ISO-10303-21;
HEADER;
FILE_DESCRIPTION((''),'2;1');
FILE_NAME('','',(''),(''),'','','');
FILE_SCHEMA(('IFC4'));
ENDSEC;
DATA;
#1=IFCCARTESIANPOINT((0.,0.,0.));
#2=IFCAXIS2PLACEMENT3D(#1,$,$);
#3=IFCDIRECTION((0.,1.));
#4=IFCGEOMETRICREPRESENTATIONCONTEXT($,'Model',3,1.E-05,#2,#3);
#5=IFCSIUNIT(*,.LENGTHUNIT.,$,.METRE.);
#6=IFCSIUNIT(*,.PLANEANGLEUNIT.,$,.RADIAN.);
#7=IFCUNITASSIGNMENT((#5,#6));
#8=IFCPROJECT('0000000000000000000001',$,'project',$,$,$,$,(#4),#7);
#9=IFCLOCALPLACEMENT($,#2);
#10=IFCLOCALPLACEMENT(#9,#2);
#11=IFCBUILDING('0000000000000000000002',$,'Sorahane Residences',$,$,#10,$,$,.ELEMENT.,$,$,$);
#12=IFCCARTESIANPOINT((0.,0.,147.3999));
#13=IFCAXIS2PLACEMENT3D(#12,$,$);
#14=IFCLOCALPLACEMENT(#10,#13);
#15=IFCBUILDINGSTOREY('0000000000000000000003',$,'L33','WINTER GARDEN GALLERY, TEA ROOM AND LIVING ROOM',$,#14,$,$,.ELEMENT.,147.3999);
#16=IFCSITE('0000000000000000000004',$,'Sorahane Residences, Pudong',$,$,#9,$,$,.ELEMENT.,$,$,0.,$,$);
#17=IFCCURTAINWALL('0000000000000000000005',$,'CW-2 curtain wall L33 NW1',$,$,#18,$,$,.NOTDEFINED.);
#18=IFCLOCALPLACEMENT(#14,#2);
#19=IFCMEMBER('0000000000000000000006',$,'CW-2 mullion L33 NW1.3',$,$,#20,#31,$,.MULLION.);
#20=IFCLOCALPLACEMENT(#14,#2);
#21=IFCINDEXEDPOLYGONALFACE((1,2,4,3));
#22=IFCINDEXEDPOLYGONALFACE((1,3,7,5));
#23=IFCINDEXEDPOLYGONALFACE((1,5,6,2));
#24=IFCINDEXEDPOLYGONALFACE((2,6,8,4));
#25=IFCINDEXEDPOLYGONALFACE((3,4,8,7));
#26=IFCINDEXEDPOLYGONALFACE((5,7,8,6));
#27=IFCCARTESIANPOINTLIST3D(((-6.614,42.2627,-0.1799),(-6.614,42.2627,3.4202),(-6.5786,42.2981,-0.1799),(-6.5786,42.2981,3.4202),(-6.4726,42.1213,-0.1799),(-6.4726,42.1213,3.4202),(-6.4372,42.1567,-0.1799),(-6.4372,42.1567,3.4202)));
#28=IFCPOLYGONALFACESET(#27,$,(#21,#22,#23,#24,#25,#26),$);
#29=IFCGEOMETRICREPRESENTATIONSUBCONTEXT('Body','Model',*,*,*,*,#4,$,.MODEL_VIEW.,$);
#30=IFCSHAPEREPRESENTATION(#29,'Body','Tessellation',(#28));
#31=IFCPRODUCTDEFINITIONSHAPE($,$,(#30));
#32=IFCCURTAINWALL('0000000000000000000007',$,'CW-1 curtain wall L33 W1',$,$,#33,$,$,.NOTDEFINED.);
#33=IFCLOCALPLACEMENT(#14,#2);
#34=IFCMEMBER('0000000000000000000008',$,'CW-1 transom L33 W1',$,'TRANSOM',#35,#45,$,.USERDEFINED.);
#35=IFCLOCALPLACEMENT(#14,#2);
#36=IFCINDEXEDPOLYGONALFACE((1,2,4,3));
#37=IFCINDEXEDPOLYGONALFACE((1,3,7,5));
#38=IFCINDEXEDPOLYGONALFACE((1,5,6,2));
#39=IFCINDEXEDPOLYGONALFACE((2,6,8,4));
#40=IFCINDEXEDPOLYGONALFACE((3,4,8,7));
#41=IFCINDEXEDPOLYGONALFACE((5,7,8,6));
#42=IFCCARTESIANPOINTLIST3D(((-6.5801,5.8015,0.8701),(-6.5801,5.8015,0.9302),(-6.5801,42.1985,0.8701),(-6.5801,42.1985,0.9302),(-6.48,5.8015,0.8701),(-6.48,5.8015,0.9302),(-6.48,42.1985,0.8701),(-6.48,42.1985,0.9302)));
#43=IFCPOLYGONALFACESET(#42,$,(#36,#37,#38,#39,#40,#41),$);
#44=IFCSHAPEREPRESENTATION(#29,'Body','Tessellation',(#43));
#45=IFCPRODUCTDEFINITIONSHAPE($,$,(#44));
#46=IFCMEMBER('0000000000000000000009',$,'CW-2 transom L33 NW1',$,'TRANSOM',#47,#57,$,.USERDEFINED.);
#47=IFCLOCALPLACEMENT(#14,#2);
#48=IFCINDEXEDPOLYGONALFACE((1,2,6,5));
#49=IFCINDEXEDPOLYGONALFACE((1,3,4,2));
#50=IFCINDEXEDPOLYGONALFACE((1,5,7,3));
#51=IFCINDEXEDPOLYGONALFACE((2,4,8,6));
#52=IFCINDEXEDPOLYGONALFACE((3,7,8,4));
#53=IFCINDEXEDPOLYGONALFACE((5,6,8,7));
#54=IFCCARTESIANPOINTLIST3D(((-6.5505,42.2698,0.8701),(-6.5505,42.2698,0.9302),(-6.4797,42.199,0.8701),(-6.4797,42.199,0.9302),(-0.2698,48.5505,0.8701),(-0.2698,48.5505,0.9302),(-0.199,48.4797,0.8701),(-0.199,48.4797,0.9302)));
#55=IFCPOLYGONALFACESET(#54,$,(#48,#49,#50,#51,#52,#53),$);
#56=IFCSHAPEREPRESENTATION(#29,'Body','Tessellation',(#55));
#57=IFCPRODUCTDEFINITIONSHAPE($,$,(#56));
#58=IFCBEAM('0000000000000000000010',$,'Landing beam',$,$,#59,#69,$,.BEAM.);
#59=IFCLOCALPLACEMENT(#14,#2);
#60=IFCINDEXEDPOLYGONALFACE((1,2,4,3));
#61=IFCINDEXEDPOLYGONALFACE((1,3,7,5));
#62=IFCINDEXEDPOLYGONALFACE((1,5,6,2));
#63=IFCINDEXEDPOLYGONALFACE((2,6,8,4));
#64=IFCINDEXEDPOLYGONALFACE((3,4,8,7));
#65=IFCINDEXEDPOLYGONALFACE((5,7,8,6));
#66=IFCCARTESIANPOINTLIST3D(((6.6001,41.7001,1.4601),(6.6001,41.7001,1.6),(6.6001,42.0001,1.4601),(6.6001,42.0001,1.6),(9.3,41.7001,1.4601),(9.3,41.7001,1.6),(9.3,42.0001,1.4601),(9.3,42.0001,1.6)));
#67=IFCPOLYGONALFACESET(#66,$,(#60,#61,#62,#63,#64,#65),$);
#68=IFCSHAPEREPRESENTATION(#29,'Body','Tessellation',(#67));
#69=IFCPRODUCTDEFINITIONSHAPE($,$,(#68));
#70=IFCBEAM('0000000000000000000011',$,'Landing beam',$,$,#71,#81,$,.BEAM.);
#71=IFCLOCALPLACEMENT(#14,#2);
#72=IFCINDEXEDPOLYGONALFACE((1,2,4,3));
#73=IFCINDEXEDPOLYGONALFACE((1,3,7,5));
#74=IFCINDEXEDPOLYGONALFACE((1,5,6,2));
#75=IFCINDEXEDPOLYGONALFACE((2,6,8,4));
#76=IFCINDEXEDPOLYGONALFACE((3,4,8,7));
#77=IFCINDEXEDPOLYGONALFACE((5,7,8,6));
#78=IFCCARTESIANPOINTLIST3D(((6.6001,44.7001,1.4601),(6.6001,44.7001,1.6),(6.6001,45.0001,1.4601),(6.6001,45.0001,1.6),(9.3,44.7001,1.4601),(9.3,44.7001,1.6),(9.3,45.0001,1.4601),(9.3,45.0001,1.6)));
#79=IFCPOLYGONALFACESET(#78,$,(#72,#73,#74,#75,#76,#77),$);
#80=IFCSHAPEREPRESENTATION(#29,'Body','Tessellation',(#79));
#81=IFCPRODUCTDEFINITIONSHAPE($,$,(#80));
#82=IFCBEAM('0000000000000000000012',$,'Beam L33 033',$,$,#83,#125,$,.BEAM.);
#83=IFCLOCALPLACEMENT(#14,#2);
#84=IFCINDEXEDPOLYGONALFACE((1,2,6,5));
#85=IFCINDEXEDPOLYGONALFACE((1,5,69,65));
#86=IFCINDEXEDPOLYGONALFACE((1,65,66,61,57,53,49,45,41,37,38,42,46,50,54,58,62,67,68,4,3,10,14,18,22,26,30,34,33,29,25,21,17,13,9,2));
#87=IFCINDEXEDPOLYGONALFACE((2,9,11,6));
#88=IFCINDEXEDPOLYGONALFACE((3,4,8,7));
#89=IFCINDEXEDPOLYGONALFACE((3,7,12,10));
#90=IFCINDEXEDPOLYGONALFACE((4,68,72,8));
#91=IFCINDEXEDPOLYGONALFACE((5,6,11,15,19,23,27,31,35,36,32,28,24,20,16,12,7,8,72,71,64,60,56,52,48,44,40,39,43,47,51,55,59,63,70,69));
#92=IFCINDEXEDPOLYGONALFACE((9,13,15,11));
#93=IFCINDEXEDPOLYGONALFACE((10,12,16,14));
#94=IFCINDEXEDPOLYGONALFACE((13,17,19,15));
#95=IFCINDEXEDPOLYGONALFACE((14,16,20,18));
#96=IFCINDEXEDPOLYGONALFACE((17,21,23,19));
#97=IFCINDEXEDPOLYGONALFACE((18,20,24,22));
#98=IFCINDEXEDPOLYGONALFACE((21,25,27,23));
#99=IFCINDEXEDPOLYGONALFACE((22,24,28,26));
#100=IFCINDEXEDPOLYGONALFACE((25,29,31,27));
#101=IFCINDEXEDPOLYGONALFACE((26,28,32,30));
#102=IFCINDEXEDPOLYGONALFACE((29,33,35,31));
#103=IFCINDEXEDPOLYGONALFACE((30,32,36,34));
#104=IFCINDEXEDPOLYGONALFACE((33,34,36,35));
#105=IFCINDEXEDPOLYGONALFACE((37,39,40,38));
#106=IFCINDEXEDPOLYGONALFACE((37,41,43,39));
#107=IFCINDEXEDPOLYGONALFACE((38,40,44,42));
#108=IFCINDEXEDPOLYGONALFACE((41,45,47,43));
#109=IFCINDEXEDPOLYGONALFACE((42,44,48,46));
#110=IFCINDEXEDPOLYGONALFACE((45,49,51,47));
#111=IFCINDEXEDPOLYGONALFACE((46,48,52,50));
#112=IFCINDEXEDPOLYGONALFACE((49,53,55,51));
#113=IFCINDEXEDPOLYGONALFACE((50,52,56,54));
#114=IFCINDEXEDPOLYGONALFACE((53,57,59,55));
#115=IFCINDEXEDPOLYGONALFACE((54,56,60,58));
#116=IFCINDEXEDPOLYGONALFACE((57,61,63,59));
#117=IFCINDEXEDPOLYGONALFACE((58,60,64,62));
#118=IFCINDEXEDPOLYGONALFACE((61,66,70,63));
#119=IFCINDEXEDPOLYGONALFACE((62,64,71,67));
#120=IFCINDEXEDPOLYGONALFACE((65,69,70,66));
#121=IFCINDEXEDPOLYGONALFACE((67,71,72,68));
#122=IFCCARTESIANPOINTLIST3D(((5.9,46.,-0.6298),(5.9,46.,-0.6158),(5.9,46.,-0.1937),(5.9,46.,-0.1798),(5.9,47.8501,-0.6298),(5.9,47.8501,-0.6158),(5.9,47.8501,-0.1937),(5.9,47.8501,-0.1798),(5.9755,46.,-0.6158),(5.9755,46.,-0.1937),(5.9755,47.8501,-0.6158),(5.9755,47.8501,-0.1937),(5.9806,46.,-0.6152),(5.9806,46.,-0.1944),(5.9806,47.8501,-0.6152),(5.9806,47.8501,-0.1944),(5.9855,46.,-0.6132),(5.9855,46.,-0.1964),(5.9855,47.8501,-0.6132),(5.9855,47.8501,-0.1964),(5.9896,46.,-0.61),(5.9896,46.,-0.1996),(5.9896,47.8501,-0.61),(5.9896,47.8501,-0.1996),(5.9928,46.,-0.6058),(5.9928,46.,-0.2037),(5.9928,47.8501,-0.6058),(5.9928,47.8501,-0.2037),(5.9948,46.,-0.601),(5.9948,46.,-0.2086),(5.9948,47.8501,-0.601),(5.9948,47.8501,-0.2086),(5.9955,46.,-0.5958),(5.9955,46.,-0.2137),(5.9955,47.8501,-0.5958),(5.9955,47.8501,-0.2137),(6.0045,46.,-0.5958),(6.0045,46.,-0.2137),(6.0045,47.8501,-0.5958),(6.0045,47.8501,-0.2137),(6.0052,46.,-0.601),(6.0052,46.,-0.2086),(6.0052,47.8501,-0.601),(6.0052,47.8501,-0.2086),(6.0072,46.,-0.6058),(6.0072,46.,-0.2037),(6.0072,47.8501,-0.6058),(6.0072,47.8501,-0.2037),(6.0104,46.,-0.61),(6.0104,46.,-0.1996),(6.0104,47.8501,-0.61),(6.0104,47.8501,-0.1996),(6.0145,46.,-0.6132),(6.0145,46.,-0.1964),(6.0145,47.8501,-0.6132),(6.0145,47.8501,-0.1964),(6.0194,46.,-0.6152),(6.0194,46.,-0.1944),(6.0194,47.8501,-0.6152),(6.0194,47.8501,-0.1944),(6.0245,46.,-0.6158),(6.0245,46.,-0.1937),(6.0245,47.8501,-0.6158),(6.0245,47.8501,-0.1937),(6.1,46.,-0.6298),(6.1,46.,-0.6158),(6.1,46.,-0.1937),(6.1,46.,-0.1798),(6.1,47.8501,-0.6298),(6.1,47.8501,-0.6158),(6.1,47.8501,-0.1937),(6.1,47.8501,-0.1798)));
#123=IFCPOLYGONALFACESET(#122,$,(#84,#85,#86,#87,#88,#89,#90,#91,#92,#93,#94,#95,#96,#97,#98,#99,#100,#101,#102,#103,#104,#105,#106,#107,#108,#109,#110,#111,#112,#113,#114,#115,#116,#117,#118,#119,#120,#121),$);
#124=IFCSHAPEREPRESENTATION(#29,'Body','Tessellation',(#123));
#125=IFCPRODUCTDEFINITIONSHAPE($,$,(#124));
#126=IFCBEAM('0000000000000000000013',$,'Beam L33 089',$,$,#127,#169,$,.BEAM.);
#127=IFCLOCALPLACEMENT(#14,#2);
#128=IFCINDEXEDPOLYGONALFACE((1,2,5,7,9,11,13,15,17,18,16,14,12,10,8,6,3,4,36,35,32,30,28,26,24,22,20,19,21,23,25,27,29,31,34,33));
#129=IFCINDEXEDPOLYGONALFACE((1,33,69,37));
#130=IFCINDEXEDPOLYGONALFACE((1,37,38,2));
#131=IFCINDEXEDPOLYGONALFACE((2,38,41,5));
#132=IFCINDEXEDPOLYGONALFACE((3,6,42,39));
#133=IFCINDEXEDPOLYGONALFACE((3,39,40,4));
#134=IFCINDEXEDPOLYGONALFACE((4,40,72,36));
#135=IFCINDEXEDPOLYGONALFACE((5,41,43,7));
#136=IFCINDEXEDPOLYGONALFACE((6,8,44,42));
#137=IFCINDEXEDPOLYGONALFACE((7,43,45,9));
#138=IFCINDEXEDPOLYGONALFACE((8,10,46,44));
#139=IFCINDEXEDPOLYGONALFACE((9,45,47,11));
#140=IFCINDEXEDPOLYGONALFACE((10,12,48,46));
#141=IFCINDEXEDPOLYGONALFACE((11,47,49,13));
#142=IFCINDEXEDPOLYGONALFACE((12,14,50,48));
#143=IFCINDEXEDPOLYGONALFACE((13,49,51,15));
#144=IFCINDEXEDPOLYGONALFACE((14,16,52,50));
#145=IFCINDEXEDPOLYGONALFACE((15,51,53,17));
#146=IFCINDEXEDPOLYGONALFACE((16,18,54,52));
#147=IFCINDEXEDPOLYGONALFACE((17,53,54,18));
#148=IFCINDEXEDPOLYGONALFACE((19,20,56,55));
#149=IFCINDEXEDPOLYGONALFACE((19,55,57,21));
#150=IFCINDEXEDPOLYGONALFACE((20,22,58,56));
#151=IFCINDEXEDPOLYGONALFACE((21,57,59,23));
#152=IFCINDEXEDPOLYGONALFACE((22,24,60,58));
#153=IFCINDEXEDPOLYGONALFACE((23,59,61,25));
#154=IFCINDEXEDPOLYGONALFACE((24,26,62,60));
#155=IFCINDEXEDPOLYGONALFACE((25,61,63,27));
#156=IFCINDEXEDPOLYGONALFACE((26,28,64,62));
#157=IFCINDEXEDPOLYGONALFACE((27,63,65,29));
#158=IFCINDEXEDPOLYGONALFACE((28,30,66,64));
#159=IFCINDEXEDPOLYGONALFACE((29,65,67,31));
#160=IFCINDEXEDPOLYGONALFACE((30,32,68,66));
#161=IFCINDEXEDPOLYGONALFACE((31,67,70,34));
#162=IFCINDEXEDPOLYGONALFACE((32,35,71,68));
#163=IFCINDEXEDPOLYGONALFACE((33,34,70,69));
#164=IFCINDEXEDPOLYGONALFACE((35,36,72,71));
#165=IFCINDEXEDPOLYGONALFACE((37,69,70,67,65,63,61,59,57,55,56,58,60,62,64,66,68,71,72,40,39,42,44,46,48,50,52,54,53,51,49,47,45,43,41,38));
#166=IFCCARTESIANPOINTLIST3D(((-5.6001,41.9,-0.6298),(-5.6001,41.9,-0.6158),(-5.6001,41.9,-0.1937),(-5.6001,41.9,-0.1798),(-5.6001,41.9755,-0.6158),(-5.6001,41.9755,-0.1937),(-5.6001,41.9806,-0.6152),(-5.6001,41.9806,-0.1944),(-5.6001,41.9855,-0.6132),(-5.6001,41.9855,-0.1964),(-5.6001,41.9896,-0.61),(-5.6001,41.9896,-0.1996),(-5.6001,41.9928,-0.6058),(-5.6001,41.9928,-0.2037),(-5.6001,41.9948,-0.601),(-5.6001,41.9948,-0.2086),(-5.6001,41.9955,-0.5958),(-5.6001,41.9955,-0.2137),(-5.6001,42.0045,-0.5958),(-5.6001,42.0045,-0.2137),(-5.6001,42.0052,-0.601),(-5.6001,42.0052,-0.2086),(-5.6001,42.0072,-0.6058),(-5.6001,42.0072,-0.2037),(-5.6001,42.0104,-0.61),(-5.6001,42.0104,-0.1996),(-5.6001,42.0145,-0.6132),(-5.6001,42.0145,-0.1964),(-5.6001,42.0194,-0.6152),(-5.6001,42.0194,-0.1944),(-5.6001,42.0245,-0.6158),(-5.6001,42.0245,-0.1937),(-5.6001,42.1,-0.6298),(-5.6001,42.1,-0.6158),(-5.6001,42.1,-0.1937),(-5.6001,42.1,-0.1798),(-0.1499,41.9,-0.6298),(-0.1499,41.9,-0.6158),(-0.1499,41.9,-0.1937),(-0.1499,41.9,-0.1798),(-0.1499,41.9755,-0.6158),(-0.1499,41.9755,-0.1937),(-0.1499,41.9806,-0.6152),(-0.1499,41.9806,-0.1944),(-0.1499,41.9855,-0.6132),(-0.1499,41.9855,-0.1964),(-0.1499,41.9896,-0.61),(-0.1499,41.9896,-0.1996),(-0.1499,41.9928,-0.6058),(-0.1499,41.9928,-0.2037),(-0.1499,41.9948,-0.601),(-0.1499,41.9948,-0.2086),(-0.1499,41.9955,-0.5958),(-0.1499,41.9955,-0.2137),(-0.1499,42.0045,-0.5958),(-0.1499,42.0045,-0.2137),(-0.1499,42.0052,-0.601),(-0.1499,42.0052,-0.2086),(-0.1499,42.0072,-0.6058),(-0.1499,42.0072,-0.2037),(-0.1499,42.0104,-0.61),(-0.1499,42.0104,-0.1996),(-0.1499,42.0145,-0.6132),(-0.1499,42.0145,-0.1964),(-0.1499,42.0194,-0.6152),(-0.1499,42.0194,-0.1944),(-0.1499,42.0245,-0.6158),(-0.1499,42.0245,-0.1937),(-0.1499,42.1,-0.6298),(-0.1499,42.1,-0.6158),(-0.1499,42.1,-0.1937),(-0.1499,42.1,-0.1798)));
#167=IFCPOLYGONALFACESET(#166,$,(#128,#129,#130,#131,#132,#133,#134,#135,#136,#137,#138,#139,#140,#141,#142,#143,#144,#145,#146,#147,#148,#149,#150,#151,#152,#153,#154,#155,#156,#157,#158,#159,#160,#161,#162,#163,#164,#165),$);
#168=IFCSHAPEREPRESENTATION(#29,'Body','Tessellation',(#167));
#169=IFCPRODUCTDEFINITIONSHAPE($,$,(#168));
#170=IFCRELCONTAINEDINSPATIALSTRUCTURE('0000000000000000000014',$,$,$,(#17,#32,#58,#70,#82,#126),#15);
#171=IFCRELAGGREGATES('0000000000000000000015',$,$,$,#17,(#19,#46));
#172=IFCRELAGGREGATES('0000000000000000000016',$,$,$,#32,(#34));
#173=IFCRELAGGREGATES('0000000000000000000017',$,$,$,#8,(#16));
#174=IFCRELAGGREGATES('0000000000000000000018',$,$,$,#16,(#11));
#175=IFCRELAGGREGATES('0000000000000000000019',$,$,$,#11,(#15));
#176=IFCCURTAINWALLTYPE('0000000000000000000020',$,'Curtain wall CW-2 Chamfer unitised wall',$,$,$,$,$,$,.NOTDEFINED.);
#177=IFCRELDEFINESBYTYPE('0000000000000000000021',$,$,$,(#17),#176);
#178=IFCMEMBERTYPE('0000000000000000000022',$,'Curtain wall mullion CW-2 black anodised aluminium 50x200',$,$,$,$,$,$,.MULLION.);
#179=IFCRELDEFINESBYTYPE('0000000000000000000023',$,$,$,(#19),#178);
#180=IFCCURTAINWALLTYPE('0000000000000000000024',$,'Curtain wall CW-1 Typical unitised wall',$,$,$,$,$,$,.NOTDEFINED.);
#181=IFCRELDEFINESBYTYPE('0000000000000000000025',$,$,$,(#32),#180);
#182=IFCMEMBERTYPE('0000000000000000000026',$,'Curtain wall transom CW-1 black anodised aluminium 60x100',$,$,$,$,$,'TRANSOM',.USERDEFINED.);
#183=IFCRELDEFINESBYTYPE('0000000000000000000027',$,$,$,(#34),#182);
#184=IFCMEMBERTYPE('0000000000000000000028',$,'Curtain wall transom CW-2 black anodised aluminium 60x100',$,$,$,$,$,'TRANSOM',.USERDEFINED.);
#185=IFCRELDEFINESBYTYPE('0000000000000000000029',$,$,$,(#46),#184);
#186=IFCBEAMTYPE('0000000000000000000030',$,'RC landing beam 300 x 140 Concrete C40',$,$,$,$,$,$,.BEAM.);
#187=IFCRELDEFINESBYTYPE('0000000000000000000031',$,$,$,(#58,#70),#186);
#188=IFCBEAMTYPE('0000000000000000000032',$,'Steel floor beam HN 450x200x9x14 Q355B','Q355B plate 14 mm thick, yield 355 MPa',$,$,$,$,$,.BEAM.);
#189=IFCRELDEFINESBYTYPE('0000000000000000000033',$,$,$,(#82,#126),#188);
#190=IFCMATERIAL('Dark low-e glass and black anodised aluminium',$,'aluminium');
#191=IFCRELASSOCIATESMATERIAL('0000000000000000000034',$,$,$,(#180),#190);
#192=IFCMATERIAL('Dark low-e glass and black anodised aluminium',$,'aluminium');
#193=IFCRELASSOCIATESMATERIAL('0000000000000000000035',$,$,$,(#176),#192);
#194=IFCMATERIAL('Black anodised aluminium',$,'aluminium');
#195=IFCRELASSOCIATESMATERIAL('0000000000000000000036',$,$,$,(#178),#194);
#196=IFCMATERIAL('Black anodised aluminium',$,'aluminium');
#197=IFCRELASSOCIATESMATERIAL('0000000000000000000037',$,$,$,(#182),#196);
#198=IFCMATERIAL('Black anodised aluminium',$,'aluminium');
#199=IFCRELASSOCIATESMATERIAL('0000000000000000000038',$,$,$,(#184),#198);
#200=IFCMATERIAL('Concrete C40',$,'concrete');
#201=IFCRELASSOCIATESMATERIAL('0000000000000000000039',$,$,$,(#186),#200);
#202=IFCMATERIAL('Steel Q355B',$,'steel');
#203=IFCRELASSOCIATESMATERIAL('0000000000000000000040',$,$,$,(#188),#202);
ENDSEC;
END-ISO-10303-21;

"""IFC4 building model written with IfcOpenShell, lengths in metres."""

from ifc_helpers import new_model, si_unit, direction, frame, origin, origin_2d, place, context, subcontext, project, spatial, rectangle, i_section, extrude, material, material_profile, profile_set, type_object, element, aggregate, save


model = new_model("IFC4")

# Units and contexts
model_context = context("Model", 3, precision=1e-05, world=origin(), true_north=direction((0.0, 1.0)))
body_context = subcontext(model_context, "Body", "Model", "MODEL_VIEW")
ifc_project = project(units=[si_unit("LENGTHUNIT", "METRE"), si_unit("PLANEANGLEUNIT", "RADIAN")], contexts=[model_context])

# Site, building, storey
site_placement = place(None, origin())
site = spatial("IfcSite", under=ifc_project, at=site_placement, Name="Sorahane Residences, Pudong", CompositionType="ELEMENT", RefElevation=0.0)
building_placement = place(site_placement, origin())
building = spatial("IfcBuilding", under=site, at=building_placement, Name="Sorahane Residences", CompositionType="ELEMENT")
storey_placement = place(building_placement, frame((0.0, 0.0, 147.3999)))
storey = spatial("IfcBuildingStorey", under=building, at=storey_placement, Name="L33", Description="WINTER GARDEN GALLERY, TEA ROOM AND LIVING ROOM", CompositionType="ELEMENT", Elevation=147.3999)

# Curtain wall, member
ifc_material_1 = material(Name="Dark low-e glass and black anodised aluminium", Category="aluminium")
curtain_wall_type_1 = type_object("IfcCurtainWallType", Name="Curtain wall CW-1 Typical unitised wall", PredefinedType="NOTDEFINED", material=ifc_material_1)
ifc_material_2 = material(Name="Dark low-e glass and black anodised aluminium", Category="aluminium")
curtain_wall_type_2 = type_object("IfcCurtainWallType", Name="Curtain wall CW-2 Chamfer unitised wall", PredefinedType="NOTDEFINED", material=ifc_material_2)
curtain_wall_1_placement = place(storey_placement, origin())
curtain_wall_1 = element("IfcCurtainWall", 1, at=curtain_wall_1_placement, inside=storey, type_object=curtain_wall_type_2, Name="CW-2 curtain wall L33 NW1", PredefinedType="NOTDEFINED")
ifc_material_3 = material(Name="Black anodised aluminium", Category="aluminium")
ifc_material_profile_1 = material_profile(ifc_material_3, rectangle(XDim=0.2, YDim=0.05, at=origin_2d()), Name="Curtain wall mullion CW-2 black anodised aluminium 50x200")
ifc_profile_set_1 = profile_set([ifc_material_profile_1], Name="Black anodised aluminium")
member_type_1 = type_object("IfcMemberType", Name="Curtain wall mullion CW-2 black anodised aluminium 50x200", PredefinedType="MULLION", material=ifc_profile_set_1)
member_1_placement = place(storey_placement, frame((-6.5256, 42.2097, -0.1799), z_axis=(0.0, 0.0, 1.0), x_axis=(-0.707107, 0.707107, 0.0)))
member_1 = element("IfcMember", 2, at=member_1_placement, type_object=member_type_1, Name="CW-2 mullion L33 NW1.3", PredefinedType="MULLION", context=body_context, shape_type="SweptSolid", body=[
    extrude(rectangle(XDim=0.2, YDim=0.05, at=origin_2d()), origin(), (0.0, 0.0, 1.0), 3.6001),
])

# Curtain wall, member
curtain_wall_2_placement = place(storey_placement, origin())
curtain_wall_2 = element("IfcCurtainWall", 3, at=curtain_wall_2_placement, inside=storey, type_object=curtain_wall_type_1, Name="CW-1 curtain wall L33 W1", PredefinedType="NOTDEFINED")
ifc_material_4 = material(Name="Black anodised aluminium", Category="aluminium")
ifc_material_profile_2 = material_profile(ifc_material_4, rectangle(XDim=0.1001, YDim=0.0601, at=origin_2d()), Name="Curtain wall transom CW-1 black anodised aluminium 60x100")
ifc_profile_set_2 = profile_set([ifc_material_profile_2], Name="Black anodised aluminium")
member_type_2 = type_object("IfcMemberType", Name="Curtain wall transom CW-1 black anodised aluminium 60x100", ElementType="TRANSOM", PredefinedType="USERDEFINED", material=ifc_profile_set_2)
member_2_placement = place(storey_placement, frame((-6.53, 42.1985, 0.9001), z_axis=(0.0, -1.0, 0.0), x_axis=(1.0, 0.0, 0.0)))
member_2 = element("IfcMember", 4, at=member_2_placement, type_object=member_type_2, Name="CW-1 transom L33 W1", ObjectType="TRANSOM", PredefinedType="USERDEFINED", context=body_context, shape_type="SweptSolid", body=[
    extrude(rectangle(XDim=0.1001, YDim=0.0601, at=origin_2d()), origin(), (0.0, 0.0, 1.0), 36.397),
])

# Member
ifc_material_5 = material(Name="Black anodised aluminium", Category="aluminium")
ifc_material_profile_3 = material_profile(ifc_material_5, rectangle(XDim=0.1001, YDim=0.0601, at=origin_2d()), Name="Curtain wall transom CW-2 black anodised aluminium 60x100")
ifc_profile_set_3 = profile_set([ifc_material_profile_3], Name="Black anodised aluminium")
member_type_3 = type_object("IfcMemberType", Name="Curtain wall transom CW-2 black anodised aluminium 60x100", ElementType="TRANSOM", PredefinedType="USERDEFINED", material=ifc_profile_set_3)
member_3_placement = place(storey_placement, frame((-0.2344, 48.5151, 0.9001), z_axis=(-0.707107, -0.707107, 0.0), x_axis=(0.707107, -0.707107, 0.0)))
member_3 = element("IfcMember", 5, at=member_3_placement, type_object=member_type_3, Name="CW-2 transom L33 NW1", ObjectType="TRANSOM", PredefinedType="USERDEFINED", context=body_context, shape_type="SweptSolid", body=[
    extrude(rectangle(XDim=0.1001, YDim=0.0601, at=origin_2d()), origin(), (0.0, 0.0, 1.0), 8.8823),
])

# Beams
ifc_material_6 = material(Name="Concrete C40", Category="concrete")
ifc_material_profile_4 = material_profile(ifc_material_6, rectangle(XDim=0.3, YDim=0.1399, at=origin_2d()), Name="300x140")
ifc_profile_set_4 = profile_set([ifc_material_profile_4], Name="Concrete C40")
beam_type_1 = type_object("IfcBeamType", Name="RC landing beam 300 x 140 Concrete C40", PredefinedType="BEAM", material=ifc_profile_set_4)
for number, where, z_axis, x_axis, name in (
    (6, (6.6001, 41.8501, 1.53), (1.0, 0.0, 0.0), (0.0, 1.0, 0.0), "Landing beam"),
    (7, (6.6001, 44.8501, 1.53), (1.0, 0.0, 0.0), (0.0, 1.0, 0.0), "Landing beam"),
):
    element("IfcBeam", number, at=place(storey_placement, frame(where, z_axis=z_axis, x_axis=x_axis)), inside=storey, type_object=beam_type_1, Name=name, PredefinedType="BEAM", context=body_context, shape_type="SweptSolid", body=[
        extrude(rectangle(XDim=0.3, YDim=0.1399, at=origin_2d()), origin(), (0.0, 0.0, 1.0), 2.7),
    ])
ifc_material_7 = material(Name="Steel Q355B", Category="steel")
ifc_material_profile_5 = material_profile(ifc_material_7, i_section(OverallWidth=0.2, OverallDepth=0.45, WebThickness=0.009, FlangeThickness=0.0139, FilletRadius=0.02, at=origin_2d()), Name="HN 450x200x9x14")
ifc_profile_set_5 = profile_set([ifc_material_profile_5], Name="Steel Q355B")
beam_type_2 = type_object("IfcBeamType", Name="Steel floor beam HN 450x200x9x14 Q355B", Description="Q355B plate 14 mm thick, yield 355 MPa", PredefinedType="BEAM", material=ifc_profile_set_5)
beam_1_placement = place(storey_placement, frame((6.0, 46.0, -0.4048), z_axis=(0.0, 1.0, 0.0), x_axis=(-1.0, 0.0, 0.0)))
element("IfcBeam", 8, at=beam_1_placement, inside=storey, type_object=beam_type_2, Name="Beam L33 033", PredefinedType="BEAM", context=body_context, shape_type="SweptSolid", body=[
    extrude(i_section(OverallWidth=0.2, OverallDepth=0.45, WebThickness=0.009, FlangeThickness=0.0139, FilletRadius=0.02, at=origin_2d()), origin(), (0.0, 0.0, 1.0), 1.8501),
])
beam_2_placement = place(storey_placement, frame((-5.6001, 42.0, -0.4048), z_axis=(1.0, 0.0, 0.0), x_axis=(0.0, 1.0, 0.0)))
element("IfcBeam", 9, at=beam_2_placement, inside=storey, type_object=beam_type_2, Name="Beam L33 089", PredefinedType="BEAM", context=body_context, shape_type="SweptSolid", body=[
    extrude(i_section(OverallWidth=0.2, OverallDepth=0.45, WebThickness=0.009, FlangeThickness=0.0139, FilletRadius=0.02, at=origin_2d()), origin(), (0.0, 0.0, 1.0), 5.4502),
])

aggregate(curtain_wall_1, [member_1, member_3])
aggregate(curtain_wall_2, [member_2])

save(model, "model.ifc")
